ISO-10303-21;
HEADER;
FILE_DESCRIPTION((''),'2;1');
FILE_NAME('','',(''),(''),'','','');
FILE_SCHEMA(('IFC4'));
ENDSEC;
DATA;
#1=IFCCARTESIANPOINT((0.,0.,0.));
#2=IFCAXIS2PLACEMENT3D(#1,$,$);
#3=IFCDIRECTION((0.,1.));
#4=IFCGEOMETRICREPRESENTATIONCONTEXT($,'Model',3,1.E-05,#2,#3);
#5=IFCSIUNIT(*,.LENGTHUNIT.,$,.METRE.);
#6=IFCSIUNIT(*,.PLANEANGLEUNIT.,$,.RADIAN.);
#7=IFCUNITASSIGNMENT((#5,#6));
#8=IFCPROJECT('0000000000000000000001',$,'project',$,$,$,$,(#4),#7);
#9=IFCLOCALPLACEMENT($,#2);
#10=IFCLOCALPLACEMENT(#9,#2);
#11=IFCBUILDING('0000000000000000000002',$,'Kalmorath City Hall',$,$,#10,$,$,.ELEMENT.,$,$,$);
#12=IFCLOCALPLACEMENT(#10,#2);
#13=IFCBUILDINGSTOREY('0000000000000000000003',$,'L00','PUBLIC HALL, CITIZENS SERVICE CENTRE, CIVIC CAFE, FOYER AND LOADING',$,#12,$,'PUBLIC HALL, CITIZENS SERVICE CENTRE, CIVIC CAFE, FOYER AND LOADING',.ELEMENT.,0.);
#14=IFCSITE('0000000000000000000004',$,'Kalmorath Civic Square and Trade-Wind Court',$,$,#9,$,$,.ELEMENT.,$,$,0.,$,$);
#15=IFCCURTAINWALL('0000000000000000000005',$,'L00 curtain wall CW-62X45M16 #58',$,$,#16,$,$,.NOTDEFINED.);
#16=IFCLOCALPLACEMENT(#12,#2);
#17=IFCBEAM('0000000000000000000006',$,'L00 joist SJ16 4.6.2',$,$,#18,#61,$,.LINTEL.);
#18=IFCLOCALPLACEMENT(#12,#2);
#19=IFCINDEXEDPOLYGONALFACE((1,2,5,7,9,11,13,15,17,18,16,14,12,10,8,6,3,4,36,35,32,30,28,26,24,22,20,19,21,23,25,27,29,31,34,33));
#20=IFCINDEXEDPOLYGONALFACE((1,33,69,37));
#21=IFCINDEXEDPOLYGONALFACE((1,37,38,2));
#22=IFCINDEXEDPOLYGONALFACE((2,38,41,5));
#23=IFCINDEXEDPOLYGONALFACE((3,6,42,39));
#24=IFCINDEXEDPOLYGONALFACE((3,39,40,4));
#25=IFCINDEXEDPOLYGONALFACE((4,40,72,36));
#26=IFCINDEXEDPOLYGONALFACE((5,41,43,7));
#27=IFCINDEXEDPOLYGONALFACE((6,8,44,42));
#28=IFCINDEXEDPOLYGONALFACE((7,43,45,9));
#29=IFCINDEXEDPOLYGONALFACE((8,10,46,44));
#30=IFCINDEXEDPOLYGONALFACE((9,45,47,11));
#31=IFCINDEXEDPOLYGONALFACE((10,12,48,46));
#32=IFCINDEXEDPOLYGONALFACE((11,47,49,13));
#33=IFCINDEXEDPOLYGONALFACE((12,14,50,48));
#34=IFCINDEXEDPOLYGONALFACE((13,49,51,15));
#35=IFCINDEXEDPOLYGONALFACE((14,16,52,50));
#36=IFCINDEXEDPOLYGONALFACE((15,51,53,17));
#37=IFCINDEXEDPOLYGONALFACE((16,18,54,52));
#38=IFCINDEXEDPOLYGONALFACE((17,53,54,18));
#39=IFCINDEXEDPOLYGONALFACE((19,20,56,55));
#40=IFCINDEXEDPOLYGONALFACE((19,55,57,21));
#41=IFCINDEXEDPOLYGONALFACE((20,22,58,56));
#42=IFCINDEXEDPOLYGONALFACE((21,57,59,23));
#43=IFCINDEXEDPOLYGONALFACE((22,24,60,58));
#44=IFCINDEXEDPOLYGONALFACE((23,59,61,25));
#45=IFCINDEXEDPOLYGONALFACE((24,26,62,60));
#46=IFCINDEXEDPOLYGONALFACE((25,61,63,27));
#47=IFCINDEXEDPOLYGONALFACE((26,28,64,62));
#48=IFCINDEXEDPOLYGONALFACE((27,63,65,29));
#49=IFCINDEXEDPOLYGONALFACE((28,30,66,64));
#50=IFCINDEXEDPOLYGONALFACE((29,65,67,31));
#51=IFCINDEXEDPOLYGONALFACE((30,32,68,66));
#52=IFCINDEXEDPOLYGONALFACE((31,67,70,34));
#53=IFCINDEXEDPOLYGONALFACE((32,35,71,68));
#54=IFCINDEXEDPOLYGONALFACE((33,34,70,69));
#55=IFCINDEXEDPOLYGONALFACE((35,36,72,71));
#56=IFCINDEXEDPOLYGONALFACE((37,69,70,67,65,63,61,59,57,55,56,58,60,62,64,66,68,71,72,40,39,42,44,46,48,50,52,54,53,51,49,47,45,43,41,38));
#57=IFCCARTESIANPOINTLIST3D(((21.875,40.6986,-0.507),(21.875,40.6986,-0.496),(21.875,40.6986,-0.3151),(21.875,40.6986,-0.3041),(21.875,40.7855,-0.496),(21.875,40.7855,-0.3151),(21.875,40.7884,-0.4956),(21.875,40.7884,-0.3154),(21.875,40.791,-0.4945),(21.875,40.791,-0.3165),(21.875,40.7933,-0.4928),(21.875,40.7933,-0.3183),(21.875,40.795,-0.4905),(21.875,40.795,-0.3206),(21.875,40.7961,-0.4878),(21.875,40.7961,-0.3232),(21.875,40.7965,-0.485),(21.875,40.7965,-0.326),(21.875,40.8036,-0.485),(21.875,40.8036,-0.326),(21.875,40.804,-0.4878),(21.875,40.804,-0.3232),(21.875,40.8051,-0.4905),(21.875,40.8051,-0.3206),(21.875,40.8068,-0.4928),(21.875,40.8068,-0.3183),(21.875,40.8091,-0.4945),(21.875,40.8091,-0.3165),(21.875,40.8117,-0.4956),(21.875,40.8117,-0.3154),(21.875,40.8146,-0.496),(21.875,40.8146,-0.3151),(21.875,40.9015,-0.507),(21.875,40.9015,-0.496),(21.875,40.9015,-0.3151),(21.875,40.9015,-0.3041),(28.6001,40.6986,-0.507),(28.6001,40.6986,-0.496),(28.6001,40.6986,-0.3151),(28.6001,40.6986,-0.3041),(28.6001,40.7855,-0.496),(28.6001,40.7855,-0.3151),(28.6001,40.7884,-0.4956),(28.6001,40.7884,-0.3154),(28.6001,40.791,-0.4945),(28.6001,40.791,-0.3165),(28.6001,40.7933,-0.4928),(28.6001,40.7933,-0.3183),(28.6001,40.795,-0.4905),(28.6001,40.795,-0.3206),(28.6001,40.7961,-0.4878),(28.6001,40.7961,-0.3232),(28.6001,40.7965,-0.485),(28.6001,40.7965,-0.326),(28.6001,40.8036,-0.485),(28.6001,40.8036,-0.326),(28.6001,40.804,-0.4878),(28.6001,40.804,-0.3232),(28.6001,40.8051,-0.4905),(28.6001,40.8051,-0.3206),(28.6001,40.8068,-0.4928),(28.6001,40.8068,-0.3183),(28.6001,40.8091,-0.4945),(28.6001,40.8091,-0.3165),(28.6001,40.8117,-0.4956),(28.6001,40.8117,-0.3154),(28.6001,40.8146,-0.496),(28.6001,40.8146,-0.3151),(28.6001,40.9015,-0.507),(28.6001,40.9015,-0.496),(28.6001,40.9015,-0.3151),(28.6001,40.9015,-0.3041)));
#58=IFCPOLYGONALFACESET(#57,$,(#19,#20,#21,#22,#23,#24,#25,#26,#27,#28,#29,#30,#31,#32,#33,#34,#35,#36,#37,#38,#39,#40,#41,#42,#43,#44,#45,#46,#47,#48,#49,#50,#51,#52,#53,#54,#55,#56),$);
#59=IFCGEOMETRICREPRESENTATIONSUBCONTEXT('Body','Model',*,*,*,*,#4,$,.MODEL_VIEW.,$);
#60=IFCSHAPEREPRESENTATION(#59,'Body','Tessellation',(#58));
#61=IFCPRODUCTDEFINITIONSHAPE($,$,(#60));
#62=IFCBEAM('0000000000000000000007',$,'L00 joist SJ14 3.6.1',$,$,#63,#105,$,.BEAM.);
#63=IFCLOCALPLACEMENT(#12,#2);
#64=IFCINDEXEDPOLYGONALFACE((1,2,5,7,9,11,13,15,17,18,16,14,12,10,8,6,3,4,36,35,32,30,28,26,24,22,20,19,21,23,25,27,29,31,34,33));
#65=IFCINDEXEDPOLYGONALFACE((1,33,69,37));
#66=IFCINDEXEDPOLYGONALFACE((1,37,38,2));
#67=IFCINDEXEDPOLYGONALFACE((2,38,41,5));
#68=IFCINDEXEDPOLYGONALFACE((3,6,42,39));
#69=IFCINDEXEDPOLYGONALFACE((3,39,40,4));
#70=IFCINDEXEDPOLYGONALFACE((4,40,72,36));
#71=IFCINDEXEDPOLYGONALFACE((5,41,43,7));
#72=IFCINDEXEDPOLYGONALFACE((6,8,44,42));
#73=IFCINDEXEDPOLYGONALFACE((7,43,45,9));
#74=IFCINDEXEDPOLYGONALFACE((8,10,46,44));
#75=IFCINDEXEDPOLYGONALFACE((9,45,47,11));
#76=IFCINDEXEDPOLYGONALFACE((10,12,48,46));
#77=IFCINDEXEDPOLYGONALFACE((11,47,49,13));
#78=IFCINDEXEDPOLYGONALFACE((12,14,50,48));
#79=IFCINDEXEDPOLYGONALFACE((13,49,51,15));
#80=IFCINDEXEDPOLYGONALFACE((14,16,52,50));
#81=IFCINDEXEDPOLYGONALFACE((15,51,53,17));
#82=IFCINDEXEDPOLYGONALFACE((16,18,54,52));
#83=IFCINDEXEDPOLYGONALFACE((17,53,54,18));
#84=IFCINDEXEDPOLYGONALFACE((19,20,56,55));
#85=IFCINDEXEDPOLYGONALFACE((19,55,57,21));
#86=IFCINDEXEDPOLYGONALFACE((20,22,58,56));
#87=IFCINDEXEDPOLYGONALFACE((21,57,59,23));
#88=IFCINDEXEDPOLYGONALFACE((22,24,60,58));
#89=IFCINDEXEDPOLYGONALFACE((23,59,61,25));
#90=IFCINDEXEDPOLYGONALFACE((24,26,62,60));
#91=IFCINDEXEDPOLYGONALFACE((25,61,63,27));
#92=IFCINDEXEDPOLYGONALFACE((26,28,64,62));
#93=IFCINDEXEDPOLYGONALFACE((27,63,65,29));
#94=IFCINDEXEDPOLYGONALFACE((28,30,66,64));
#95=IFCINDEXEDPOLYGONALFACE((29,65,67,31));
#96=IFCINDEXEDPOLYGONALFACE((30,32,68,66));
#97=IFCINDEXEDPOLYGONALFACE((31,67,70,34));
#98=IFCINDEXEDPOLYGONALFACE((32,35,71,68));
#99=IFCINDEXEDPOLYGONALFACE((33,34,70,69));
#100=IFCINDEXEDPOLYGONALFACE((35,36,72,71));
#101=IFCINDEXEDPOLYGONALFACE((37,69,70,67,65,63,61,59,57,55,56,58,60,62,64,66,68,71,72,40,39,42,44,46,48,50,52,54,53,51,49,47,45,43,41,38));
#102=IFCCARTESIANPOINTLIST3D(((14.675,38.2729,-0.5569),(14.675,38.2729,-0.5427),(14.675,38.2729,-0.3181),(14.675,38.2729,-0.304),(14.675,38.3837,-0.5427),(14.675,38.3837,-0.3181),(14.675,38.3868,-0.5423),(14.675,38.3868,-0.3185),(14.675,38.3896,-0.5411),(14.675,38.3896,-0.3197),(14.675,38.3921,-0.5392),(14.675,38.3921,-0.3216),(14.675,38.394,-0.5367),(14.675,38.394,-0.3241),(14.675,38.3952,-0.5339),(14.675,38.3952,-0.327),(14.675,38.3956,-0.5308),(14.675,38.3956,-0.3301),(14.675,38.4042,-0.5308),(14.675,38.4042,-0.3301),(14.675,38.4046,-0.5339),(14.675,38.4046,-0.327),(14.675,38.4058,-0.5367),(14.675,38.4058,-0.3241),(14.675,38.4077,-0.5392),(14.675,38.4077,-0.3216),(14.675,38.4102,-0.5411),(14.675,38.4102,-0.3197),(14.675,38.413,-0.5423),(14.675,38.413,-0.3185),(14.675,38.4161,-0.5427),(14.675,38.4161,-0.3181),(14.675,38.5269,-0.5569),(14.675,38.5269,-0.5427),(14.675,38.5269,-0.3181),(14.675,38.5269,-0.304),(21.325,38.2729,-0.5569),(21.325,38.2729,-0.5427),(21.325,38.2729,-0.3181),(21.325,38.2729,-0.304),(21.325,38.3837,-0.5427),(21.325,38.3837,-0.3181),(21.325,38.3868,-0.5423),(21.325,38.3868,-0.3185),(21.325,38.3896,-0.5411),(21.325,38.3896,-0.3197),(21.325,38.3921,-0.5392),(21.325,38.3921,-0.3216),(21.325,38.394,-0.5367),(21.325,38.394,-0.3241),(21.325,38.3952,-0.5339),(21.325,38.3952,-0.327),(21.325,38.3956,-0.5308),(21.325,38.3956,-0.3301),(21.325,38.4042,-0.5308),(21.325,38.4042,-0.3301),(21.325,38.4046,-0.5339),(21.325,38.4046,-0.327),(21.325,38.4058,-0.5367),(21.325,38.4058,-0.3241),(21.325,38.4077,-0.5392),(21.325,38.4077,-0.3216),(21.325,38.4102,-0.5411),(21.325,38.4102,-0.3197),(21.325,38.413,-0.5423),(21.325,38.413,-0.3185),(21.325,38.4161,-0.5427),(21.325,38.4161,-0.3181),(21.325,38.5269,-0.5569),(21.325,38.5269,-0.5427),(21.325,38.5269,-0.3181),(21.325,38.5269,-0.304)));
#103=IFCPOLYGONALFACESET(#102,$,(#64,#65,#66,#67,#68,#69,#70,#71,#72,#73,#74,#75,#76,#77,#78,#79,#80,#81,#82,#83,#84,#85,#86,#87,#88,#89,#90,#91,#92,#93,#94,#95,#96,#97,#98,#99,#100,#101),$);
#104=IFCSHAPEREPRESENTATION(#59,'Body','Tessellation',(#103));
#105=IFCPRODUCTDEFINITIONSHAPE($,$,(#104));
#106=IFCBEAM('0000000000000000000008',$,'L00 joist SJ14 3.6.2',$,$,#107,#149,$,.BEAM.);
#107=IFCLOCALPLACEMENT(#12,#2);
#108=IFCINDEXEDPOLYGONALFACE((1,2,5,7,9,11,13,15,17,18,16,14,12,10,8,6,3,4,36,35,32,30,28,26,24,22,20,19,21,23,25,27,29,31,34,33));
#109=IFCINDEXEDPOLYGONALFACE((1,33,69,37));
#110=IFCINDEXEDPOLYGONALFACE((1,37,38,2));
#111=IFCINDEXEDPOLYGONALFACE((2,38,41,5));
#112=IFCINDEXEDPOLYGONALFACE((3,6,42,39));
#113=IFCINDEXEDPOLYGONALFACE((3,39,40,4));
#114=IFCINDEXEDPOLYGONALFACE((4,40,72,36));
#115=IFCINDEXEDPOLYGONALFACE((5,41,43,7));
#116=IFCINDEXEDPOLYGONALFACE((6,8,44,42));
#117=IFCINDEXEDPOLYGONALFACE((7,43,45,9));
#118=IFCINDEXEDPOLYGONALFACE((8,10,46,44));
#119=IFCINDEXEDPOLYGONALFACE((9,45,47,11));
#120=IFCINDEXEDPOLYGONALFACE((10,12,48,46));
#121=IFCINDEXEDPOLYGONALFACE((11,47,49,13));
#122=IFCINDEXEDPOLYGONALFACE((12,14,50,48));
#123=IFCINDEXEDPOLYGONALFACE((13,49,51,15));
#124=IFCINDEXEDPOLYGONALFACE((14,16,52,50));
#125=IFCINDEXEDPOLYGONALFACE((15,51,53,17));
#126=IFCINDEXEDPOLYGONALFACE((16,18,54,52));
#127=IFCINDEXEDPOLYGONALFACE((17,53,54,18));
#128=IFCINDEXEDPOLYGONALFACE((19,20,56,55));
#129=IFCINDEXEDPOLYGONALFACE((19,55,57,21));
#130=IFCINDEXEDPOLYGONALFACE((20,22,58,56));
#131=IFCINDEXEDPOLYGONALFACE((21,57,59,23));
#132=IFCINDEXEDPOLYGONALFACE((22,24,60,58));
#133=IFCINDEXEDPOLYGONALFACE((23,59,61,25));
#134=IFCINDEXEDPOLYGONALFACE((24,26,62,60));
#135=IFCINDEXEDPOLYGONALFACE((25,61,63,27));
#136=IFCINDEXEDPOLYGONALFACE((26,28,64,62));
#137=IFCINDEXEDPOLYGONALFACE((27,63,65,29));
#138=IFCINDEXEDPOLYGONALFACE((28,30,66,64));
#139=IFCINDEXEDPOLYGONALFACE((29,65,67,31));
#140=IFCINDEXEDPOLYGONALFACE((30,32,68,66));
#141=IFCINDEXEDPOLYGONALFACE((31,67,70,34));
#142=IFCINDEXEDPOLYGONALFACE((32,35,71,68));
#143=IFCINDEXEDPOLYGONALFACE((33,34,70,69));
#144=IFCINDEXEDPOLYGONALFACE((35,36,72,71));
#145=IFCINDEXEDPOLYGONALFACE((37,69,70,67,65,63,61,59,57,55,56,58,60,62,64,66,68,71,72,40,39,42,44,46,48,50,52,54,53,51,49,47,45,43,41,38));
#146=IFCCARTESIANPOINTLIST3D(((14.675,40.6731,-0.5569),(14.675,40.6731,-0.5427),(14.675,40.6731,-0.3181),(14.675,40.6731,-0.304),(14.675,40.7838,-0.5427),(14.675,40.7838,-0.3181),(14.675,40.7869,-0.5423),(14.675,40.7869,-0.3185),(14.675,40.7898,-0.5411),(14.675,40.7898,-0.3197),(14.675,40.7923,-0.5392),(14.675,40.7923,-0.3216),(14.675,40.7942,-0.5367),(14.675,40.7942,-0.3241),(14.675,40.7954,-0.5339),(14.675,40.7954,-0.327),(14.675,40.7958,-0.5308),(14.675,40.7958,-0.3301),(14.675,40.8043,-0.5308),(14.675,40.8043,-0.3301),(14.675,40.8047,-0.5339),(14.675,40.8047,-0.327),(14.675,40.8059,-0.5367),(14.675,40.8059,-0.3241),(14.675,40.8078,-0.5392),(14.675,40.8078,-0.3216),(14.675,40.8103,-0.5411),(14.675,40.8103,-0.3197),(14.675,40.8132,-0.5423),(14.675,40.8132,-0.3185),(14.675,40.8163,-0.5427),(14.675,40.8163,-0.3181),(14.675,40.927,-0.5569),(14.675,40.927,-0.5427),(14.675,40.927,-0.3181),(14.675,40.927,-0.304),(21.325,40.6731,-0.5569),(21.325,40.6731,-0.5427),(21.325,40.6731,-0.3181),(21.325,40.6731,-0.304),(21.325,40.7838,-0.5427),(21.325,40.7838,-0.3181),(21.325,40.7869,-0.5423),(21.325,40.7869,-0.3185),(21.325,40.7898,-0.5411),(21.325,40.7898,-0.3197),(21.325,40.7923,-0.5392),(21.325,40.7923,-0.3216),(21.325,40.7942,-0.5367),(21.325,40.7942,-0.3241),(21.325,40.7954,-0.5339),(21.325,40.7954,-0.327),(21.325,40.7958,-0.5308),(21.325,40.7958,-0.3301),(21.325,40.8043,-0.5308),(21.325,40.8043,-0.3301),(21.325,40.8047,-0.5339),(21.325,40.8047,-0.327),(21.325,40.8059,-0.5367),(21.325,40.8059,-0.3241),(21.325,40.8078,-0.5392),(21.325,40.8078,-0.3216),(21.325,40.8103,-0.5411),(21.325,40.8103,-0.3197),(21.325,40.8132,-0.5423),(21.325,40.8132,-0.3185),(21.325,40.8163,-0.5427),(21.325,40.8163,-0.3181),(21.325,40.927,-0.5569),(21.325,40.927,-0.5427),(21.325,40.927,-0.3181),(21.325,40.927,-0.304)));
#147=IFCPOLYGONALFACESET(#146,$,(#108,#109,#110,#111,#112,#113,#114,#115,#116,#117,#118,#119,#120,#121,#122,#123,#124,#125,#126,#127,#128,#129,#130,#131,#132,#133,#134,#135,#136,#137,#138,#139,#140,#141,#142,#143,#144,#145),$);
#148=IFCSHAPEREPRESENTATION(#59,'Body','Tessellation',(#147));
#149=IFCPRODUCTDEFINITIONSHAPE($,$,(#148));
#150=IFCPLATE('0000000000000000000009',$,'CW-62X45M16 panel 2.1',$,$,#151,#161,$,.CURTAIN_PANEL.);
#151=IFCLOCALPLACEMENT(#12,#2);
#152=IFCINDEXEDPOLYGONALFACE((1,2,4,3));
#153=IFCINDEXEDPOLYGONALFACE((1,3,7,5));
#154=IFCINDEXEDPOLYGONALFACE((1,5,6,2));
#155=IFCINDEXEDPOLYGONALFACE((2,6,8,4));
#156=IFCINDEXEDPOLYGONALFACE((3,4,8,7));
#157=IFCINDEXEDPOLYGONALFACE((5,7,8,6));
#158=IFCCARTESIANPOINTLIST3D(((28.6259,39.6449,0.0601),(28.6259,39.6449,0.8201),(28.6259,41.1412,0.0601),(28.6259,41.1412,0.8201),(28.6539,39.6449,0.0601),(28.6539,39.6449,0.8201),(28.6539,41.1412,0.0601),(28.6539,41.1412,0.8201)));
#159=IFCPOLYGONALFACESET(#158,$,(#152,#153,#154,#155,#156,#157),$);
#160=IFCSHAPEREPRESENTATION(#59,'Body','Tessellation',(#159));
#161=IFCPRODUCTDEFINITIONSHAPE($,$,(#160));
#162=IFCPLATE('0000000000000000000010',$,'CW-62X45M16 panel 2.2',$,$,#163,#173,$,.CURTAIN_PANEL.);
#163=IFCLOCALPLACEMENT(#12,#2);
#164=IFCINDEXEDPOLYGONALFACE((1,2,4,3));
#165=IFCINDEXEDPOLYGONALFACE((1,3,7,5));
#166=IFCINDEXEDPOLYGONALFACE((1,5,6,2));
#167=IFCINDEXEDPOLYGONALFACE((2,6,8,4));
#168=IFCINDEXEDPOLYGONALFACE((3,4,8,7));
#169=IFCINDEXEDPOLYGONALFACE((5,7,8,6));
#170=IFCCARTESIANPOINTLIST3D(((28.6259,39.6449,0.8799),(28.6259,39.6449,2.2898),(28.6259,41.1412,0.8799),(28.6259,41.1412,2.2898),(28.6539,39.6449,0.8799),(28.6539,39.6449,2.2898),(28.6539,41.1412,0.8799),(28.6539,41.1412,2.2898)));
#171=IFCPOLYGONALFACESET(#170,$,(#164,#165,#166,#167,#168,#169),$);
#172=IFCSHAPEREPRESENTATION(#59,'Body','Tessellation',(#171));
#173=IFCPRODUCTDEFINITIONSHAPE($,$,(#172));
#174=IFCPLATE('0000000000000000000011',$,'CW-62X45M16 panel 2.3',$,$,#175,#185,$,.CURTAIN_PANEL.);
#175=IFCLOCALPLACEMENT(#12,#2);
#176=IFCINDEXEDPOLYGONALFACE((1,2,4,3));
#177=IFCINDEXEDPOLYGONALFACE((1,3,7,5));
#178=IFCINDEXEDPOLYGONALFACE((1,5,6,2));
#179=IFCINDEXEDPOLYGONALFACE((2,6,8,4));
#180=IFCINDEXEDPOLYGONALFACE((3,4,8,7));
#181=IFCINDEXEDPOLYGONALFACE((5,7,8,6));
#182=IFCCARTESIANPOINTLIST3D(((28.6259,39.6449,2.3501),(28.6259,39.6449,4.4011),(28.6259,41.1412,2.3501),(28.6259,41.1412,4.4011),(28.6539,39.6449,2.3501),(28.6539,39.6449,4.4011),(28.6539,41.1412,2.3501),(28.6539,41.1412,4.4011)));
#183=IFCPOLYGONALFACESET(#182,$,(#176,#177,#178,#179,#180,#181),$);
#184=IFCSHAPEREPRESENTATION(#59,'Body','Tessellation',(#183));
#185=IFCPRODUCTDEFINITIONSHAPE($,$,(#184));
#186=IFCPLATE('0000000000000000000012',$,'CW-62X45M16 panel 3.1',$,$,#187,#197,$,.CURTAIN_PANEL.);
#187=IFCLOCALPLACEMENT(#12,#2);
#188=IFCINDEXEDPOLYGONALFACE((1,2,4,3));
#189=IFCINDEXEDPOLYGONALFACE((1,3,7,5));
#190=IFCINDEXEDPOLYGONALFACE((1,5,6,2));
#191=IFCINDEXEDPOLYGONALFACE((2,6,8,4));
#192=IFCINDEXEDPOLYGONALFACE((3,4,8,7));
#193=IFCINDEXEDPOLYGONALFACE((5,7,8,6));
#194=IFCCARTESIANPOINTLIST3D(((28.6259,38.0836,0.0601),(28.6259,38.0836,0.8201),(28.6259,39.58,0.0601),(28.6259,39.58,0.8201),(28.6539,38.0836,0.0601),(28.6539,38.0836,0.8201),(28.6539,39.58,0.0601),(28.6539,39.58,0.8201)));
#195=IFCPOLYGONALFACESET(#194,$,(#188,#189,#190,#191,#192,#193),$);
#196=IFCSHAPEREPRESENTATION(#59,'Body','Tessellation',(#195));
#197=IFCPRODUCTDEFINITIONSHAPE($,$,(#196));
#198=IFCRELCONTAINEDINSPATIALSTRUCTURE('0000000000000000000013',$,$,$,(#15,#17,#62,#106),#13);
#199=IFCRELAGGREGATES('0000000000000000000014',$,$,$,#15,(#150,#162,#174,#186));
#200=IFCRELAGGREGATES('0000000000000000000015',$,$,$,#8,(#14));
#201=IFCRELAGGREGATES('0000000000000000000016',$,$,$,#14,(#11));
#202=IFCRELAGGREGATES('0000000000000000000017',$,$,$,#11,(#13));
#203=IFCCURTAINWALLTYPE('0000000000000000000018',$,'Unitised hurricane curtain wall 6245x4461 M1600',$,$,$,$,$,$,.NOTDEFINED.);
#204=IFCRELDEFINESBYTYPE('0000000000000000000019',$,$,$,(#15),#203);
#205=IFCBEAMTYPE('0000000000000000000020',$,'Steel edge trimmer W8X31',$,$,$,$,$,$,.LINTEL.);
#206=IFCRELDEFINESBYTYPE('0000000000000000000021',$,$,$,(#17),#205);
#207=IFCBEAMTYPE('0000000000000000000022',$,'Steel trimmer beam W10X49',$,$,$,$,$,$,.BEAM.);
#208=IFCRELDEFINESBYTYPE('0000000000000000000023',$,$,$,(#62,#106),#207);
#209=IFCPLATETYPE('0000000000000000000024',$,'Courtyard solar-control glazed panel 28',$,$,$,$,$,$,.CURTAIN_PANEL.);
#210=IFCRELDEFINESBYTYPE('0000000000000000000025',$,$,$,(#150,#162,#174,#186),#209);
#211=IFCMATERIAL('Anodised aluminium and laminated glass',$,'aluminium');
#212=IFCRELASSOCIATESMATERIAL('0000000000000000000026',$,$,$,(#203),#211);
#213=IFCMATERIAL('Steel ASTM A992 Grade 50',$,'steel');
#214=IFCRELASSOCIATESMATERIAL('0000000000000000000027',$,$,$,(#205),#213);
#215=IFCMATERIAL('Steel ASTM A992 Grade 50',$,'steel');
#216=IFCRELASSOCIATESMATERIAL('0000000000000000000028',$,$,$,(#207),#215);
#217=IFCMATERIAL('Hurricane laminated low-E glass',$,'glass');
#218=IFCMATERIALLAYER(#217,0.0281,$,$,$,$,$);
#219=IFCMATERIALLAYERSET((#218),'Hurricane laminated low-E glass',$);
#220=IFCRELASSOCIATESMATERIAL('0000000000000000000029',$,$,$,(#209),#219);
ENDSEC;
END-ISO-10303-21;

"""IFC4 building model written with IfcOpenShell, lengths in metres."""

from ifc_helpers import new_model, si_unit, direction, frame, origin, origin_2d, place, context, subcontext, project, spatial, rectangle, i_section, extrude, material, layer, layer_set, material_profile, profile_set, type_object, element, aggregate, save


model = new_model("IFC4")

# Units and contexts
model_context = context("Model", 3, precision=1e-05, world=origin(), true_north=direction((0.0, 1.0)))
body_context = subcontext(model_context, "Body", "Model", "MODEL_VIEW")
ifc_project = project(units=[si_unit("LENGTHUNIT", "METRE"), si_unit("PLANEANGLEUNIT", "RADIAN")], contexts=[model_context])

# Site, building, storey
site_placement = place(None, origin())
site = spatial("IfcSite", under=ifc_project, at=site_placement, Name="Kalmorath Civic Square and Trade-Wind Court", CompositionType="ELEMENT", RefElevation=0.0)
building_placement = place(site_placement, origin())
building = spatial("IfcBuilding", under=site, at=building_placement, Name="Kalmorath City Hall", CompositionType="ELEMENT")
storey_placement = place(building_placement, origin())
storey = spatial("IfcBuildingStorey", under=building, at=storey_placement, Name="L00", Description="PUBLIC HALL, CITIZENS SERVICE CENTRE, CIVIC CAFE, FOYER AND LOADING", LongName="PUBLIC HALL, CITIZENS SERVICE CENTRE, CIVIC CAFE, FOYER AND LOADING", CompositionType="ELEMENT", Elevation=0.0)

# Curtain wall
ifc_material_1 = material(Name="Anodised aluminium and laminated glass", Category="aluminium")
curtain_wall_type = type_object("IfcCurtainWallType", Name="Unitised hurricane curtain wall 6245x4461 M1600", PredefinedType="NOTDEFINED", material=ifc_material_1)
curtain_wall_placement = place(storey_placement, origin())
curtain_wall = element("IfcCurtainWall", 1, at=curtain_wall_placement, inside=storey, type_object=curtain_wall_type, Name="L00 curtain wall CW-62X45M16 #58", PredefinedType="NOTDEFINED")

# Beams
ifc_material_2 = material(Name="Steel ASTM A992 Grade 50", Category="steel")
ifc_material_profile_1 = material_profile(ifc_material_2, i_section(OverallWidth=0.2029, OverallDepth=0.2029, WebThickness=0.0071, FlangeThickness=0.011, FilletRadius=0.011, at=origin_2d()), Name="W8X31")
ifc_profile_set_1 = profile_set([ifc_material_profile_1], Name="Steel ASTM A992 Grade 50")
beam_type_1 = type_object("IfcBeamType", Name="Steel edge trimmer W8X31", PredefinedType="LINTEL", material=ifc_profile_set_1)
for number, where, z_axis, x_axis, name in (
    (2, (21.875, 40.8, -0.4055), (1.0, 0.0, 0.0), (0.0, 1.0, 0.0), "L00 joist SJ16 4.6.2"),
):
    element("IfcBeam", number, at=place(storey_placement, frame(where, z_axis=z_axis, x_axis=x_axis)), inside=storey, type_object=beam_type_1, Name=name, PredefinedType="LINTEL", context=body_context, shape_type="SweptSolid", body=[
        extrude(i_section(OverallWidth=0.2029, OverallDepth=0.2029, WebThickness=0.0071, FlangeThickness=0.011, FilletRadius=0.011, at=origin_2d()), origin(), (0.0, 0.0, 1.0), 6.7251),
    ])
ifc_material_3 = material(Name="Steel ASTM A992 Grade 50", Category="steel")
ifc_material_profile_2 = material_profile(ifc_material_3, i_section(OverallWidth=0.2539, OverallDepth=0.2529, WebThickness=0.0085, FlangeThickness=0.0142, FilletRadius=0.012, at=origin_2d()), Name="W10X49")
ifc_profile_set_2 = profile_set([ifc_material_profile_2], Name="Steel ASTM A992 Grade 50")
beam_type_2 = type_object("IfcBeamType", Name="Steel trimmer beam W10X49", PredefinedType="BEAM", material=ifc_profile_set_2)
for number, where, z_axis, x_axis, name in (
    (3, (14.675, 38.3999, -0.4304), (1.0, 0.0, 0.0), (0.0, 1.0, 0.0), "L00 joist SJ14 3.6.1"),
    (4, (14.675, 40.8, -0.4304), (1.0, 0.0, 0.0), (0.0, 1.0, 0.0), "L00 joist SJ14 3.6.2"),
):
    element("IfcBeam", number, at=place(storey_placement, frame(where, z_axis=z_axis, x_axis=x_axis)), inside=storey, type_object=beam_type_2, Name=name, PredefinedType="BEAM", context=body_context, shape_type="SweptSolid", body=[
        extrude(i_section(OverallWidth=0.2539, OverallDepth=0.2529, WebThickness=0.0085, FlangeThickness=0.0142, FilletRadius=0.012, at=origin_2d()), origin(), (0.0, 0.0, 1.0), 6.6499),
    ])

# Plates
ifc_material_4 = material(Name="Hurricane laminated low-E glass", Category="glass")
ifc_layer = layer(ifc_material_4, 0.0281)
ifc_layer_set = layer_set([ifc_layer], Name="Hurricane laminated low-E glass")
plate_type = type_object("IfcPlateType", Name="Courtyard solar-control glazed panel 28", PredefinedType="CURTAIN_PANEL", material=ifc_layer_set)
plate_1_placement = place(storey_placement, frame((28.6399, 40.3931, 0.0601), z_axis=(0.0, 0.0, 1.0), x_axis=(0.0, -1.0, 0.0)))
plate_1 = element("IfcPlate", 5, at=plate_1_placement, type_object=plate_type, Name="CW-62X45M16 panel 2.1", PredefinedType="CURTAIN_PANEL", context=body_context, shape_type="SweptSolid", body=[
    extrude(rectangle(XDim=1.4963, YDim=0.0281, at=origin_2d()), origin(), (0.0, 0.0, 1.0), 0.76),
])
plate_2_placement = place(storey_placement, frame((28.6399, 40.3931, 0.8799), z_axis=(0.0, 0.0, 1.0), x_axis=(0.0, -1.0, 0.0)))
plate_2 = element("IfcPlate", 6, at=plate_2_placement, type_object=plate_type, Name="CW-62X45M16 panel 2.2", PredefinedType="CURTAIN_PANEL", context=body_context, shape_type="SweptSolid", body=[
    extrude(rectangle(XDim=1.4963, YDim=0.0281, at=origin_2d()), origin(), (0.0, 0.0, 1.0), 1.4099),
])
plate_3_placement = place(storey_placement, frame((28.6399, 40.3931, 2.3501), z_axis=(0.0, 0.0, 1.0), x_axis=(0.0, -1.0, 0.0)))
plate_3 = element("IfcPlate", 7, at=plate_3_placement, type_object=plate_type, Name="CW-62X45M16 panel 2.3", PredefinedType="CURTAIN_PANEL", context=body_context, shape_type="SweptSolid", body=[
    extrude(rectangle(XDim=1.4963, YDim=0.0281, at=origin_2d()), origin(), (0.0, 0.0, 1.0), 2.051),
])
plate_4_placement = place(storey_placement, frame((28.6399, 38.8318, 0.0601), z_axis=(0.0, 0.0, 1.0), x_axis=(0.0, -1.0, 0.0)))
plate_4 = element("IfcPlate", 8, at=plate_4_placement, type_object=plate_type, Name="CW-62X45M16 panel 3.1", PredefinedType="CURTAIN_PANEL", context=body_context, shape_type="SweptSolid", body=[
    extrude(rectangle(XDim=1.4963, YDim=0.0281, at=origin_2d()), origin(), (0.0, 0.0, 1.0), 0.76),
])
aggregate(curtain_wall, [plate_1, plate_2, plate_3, plate_4])

save(model, "model.ifc")
